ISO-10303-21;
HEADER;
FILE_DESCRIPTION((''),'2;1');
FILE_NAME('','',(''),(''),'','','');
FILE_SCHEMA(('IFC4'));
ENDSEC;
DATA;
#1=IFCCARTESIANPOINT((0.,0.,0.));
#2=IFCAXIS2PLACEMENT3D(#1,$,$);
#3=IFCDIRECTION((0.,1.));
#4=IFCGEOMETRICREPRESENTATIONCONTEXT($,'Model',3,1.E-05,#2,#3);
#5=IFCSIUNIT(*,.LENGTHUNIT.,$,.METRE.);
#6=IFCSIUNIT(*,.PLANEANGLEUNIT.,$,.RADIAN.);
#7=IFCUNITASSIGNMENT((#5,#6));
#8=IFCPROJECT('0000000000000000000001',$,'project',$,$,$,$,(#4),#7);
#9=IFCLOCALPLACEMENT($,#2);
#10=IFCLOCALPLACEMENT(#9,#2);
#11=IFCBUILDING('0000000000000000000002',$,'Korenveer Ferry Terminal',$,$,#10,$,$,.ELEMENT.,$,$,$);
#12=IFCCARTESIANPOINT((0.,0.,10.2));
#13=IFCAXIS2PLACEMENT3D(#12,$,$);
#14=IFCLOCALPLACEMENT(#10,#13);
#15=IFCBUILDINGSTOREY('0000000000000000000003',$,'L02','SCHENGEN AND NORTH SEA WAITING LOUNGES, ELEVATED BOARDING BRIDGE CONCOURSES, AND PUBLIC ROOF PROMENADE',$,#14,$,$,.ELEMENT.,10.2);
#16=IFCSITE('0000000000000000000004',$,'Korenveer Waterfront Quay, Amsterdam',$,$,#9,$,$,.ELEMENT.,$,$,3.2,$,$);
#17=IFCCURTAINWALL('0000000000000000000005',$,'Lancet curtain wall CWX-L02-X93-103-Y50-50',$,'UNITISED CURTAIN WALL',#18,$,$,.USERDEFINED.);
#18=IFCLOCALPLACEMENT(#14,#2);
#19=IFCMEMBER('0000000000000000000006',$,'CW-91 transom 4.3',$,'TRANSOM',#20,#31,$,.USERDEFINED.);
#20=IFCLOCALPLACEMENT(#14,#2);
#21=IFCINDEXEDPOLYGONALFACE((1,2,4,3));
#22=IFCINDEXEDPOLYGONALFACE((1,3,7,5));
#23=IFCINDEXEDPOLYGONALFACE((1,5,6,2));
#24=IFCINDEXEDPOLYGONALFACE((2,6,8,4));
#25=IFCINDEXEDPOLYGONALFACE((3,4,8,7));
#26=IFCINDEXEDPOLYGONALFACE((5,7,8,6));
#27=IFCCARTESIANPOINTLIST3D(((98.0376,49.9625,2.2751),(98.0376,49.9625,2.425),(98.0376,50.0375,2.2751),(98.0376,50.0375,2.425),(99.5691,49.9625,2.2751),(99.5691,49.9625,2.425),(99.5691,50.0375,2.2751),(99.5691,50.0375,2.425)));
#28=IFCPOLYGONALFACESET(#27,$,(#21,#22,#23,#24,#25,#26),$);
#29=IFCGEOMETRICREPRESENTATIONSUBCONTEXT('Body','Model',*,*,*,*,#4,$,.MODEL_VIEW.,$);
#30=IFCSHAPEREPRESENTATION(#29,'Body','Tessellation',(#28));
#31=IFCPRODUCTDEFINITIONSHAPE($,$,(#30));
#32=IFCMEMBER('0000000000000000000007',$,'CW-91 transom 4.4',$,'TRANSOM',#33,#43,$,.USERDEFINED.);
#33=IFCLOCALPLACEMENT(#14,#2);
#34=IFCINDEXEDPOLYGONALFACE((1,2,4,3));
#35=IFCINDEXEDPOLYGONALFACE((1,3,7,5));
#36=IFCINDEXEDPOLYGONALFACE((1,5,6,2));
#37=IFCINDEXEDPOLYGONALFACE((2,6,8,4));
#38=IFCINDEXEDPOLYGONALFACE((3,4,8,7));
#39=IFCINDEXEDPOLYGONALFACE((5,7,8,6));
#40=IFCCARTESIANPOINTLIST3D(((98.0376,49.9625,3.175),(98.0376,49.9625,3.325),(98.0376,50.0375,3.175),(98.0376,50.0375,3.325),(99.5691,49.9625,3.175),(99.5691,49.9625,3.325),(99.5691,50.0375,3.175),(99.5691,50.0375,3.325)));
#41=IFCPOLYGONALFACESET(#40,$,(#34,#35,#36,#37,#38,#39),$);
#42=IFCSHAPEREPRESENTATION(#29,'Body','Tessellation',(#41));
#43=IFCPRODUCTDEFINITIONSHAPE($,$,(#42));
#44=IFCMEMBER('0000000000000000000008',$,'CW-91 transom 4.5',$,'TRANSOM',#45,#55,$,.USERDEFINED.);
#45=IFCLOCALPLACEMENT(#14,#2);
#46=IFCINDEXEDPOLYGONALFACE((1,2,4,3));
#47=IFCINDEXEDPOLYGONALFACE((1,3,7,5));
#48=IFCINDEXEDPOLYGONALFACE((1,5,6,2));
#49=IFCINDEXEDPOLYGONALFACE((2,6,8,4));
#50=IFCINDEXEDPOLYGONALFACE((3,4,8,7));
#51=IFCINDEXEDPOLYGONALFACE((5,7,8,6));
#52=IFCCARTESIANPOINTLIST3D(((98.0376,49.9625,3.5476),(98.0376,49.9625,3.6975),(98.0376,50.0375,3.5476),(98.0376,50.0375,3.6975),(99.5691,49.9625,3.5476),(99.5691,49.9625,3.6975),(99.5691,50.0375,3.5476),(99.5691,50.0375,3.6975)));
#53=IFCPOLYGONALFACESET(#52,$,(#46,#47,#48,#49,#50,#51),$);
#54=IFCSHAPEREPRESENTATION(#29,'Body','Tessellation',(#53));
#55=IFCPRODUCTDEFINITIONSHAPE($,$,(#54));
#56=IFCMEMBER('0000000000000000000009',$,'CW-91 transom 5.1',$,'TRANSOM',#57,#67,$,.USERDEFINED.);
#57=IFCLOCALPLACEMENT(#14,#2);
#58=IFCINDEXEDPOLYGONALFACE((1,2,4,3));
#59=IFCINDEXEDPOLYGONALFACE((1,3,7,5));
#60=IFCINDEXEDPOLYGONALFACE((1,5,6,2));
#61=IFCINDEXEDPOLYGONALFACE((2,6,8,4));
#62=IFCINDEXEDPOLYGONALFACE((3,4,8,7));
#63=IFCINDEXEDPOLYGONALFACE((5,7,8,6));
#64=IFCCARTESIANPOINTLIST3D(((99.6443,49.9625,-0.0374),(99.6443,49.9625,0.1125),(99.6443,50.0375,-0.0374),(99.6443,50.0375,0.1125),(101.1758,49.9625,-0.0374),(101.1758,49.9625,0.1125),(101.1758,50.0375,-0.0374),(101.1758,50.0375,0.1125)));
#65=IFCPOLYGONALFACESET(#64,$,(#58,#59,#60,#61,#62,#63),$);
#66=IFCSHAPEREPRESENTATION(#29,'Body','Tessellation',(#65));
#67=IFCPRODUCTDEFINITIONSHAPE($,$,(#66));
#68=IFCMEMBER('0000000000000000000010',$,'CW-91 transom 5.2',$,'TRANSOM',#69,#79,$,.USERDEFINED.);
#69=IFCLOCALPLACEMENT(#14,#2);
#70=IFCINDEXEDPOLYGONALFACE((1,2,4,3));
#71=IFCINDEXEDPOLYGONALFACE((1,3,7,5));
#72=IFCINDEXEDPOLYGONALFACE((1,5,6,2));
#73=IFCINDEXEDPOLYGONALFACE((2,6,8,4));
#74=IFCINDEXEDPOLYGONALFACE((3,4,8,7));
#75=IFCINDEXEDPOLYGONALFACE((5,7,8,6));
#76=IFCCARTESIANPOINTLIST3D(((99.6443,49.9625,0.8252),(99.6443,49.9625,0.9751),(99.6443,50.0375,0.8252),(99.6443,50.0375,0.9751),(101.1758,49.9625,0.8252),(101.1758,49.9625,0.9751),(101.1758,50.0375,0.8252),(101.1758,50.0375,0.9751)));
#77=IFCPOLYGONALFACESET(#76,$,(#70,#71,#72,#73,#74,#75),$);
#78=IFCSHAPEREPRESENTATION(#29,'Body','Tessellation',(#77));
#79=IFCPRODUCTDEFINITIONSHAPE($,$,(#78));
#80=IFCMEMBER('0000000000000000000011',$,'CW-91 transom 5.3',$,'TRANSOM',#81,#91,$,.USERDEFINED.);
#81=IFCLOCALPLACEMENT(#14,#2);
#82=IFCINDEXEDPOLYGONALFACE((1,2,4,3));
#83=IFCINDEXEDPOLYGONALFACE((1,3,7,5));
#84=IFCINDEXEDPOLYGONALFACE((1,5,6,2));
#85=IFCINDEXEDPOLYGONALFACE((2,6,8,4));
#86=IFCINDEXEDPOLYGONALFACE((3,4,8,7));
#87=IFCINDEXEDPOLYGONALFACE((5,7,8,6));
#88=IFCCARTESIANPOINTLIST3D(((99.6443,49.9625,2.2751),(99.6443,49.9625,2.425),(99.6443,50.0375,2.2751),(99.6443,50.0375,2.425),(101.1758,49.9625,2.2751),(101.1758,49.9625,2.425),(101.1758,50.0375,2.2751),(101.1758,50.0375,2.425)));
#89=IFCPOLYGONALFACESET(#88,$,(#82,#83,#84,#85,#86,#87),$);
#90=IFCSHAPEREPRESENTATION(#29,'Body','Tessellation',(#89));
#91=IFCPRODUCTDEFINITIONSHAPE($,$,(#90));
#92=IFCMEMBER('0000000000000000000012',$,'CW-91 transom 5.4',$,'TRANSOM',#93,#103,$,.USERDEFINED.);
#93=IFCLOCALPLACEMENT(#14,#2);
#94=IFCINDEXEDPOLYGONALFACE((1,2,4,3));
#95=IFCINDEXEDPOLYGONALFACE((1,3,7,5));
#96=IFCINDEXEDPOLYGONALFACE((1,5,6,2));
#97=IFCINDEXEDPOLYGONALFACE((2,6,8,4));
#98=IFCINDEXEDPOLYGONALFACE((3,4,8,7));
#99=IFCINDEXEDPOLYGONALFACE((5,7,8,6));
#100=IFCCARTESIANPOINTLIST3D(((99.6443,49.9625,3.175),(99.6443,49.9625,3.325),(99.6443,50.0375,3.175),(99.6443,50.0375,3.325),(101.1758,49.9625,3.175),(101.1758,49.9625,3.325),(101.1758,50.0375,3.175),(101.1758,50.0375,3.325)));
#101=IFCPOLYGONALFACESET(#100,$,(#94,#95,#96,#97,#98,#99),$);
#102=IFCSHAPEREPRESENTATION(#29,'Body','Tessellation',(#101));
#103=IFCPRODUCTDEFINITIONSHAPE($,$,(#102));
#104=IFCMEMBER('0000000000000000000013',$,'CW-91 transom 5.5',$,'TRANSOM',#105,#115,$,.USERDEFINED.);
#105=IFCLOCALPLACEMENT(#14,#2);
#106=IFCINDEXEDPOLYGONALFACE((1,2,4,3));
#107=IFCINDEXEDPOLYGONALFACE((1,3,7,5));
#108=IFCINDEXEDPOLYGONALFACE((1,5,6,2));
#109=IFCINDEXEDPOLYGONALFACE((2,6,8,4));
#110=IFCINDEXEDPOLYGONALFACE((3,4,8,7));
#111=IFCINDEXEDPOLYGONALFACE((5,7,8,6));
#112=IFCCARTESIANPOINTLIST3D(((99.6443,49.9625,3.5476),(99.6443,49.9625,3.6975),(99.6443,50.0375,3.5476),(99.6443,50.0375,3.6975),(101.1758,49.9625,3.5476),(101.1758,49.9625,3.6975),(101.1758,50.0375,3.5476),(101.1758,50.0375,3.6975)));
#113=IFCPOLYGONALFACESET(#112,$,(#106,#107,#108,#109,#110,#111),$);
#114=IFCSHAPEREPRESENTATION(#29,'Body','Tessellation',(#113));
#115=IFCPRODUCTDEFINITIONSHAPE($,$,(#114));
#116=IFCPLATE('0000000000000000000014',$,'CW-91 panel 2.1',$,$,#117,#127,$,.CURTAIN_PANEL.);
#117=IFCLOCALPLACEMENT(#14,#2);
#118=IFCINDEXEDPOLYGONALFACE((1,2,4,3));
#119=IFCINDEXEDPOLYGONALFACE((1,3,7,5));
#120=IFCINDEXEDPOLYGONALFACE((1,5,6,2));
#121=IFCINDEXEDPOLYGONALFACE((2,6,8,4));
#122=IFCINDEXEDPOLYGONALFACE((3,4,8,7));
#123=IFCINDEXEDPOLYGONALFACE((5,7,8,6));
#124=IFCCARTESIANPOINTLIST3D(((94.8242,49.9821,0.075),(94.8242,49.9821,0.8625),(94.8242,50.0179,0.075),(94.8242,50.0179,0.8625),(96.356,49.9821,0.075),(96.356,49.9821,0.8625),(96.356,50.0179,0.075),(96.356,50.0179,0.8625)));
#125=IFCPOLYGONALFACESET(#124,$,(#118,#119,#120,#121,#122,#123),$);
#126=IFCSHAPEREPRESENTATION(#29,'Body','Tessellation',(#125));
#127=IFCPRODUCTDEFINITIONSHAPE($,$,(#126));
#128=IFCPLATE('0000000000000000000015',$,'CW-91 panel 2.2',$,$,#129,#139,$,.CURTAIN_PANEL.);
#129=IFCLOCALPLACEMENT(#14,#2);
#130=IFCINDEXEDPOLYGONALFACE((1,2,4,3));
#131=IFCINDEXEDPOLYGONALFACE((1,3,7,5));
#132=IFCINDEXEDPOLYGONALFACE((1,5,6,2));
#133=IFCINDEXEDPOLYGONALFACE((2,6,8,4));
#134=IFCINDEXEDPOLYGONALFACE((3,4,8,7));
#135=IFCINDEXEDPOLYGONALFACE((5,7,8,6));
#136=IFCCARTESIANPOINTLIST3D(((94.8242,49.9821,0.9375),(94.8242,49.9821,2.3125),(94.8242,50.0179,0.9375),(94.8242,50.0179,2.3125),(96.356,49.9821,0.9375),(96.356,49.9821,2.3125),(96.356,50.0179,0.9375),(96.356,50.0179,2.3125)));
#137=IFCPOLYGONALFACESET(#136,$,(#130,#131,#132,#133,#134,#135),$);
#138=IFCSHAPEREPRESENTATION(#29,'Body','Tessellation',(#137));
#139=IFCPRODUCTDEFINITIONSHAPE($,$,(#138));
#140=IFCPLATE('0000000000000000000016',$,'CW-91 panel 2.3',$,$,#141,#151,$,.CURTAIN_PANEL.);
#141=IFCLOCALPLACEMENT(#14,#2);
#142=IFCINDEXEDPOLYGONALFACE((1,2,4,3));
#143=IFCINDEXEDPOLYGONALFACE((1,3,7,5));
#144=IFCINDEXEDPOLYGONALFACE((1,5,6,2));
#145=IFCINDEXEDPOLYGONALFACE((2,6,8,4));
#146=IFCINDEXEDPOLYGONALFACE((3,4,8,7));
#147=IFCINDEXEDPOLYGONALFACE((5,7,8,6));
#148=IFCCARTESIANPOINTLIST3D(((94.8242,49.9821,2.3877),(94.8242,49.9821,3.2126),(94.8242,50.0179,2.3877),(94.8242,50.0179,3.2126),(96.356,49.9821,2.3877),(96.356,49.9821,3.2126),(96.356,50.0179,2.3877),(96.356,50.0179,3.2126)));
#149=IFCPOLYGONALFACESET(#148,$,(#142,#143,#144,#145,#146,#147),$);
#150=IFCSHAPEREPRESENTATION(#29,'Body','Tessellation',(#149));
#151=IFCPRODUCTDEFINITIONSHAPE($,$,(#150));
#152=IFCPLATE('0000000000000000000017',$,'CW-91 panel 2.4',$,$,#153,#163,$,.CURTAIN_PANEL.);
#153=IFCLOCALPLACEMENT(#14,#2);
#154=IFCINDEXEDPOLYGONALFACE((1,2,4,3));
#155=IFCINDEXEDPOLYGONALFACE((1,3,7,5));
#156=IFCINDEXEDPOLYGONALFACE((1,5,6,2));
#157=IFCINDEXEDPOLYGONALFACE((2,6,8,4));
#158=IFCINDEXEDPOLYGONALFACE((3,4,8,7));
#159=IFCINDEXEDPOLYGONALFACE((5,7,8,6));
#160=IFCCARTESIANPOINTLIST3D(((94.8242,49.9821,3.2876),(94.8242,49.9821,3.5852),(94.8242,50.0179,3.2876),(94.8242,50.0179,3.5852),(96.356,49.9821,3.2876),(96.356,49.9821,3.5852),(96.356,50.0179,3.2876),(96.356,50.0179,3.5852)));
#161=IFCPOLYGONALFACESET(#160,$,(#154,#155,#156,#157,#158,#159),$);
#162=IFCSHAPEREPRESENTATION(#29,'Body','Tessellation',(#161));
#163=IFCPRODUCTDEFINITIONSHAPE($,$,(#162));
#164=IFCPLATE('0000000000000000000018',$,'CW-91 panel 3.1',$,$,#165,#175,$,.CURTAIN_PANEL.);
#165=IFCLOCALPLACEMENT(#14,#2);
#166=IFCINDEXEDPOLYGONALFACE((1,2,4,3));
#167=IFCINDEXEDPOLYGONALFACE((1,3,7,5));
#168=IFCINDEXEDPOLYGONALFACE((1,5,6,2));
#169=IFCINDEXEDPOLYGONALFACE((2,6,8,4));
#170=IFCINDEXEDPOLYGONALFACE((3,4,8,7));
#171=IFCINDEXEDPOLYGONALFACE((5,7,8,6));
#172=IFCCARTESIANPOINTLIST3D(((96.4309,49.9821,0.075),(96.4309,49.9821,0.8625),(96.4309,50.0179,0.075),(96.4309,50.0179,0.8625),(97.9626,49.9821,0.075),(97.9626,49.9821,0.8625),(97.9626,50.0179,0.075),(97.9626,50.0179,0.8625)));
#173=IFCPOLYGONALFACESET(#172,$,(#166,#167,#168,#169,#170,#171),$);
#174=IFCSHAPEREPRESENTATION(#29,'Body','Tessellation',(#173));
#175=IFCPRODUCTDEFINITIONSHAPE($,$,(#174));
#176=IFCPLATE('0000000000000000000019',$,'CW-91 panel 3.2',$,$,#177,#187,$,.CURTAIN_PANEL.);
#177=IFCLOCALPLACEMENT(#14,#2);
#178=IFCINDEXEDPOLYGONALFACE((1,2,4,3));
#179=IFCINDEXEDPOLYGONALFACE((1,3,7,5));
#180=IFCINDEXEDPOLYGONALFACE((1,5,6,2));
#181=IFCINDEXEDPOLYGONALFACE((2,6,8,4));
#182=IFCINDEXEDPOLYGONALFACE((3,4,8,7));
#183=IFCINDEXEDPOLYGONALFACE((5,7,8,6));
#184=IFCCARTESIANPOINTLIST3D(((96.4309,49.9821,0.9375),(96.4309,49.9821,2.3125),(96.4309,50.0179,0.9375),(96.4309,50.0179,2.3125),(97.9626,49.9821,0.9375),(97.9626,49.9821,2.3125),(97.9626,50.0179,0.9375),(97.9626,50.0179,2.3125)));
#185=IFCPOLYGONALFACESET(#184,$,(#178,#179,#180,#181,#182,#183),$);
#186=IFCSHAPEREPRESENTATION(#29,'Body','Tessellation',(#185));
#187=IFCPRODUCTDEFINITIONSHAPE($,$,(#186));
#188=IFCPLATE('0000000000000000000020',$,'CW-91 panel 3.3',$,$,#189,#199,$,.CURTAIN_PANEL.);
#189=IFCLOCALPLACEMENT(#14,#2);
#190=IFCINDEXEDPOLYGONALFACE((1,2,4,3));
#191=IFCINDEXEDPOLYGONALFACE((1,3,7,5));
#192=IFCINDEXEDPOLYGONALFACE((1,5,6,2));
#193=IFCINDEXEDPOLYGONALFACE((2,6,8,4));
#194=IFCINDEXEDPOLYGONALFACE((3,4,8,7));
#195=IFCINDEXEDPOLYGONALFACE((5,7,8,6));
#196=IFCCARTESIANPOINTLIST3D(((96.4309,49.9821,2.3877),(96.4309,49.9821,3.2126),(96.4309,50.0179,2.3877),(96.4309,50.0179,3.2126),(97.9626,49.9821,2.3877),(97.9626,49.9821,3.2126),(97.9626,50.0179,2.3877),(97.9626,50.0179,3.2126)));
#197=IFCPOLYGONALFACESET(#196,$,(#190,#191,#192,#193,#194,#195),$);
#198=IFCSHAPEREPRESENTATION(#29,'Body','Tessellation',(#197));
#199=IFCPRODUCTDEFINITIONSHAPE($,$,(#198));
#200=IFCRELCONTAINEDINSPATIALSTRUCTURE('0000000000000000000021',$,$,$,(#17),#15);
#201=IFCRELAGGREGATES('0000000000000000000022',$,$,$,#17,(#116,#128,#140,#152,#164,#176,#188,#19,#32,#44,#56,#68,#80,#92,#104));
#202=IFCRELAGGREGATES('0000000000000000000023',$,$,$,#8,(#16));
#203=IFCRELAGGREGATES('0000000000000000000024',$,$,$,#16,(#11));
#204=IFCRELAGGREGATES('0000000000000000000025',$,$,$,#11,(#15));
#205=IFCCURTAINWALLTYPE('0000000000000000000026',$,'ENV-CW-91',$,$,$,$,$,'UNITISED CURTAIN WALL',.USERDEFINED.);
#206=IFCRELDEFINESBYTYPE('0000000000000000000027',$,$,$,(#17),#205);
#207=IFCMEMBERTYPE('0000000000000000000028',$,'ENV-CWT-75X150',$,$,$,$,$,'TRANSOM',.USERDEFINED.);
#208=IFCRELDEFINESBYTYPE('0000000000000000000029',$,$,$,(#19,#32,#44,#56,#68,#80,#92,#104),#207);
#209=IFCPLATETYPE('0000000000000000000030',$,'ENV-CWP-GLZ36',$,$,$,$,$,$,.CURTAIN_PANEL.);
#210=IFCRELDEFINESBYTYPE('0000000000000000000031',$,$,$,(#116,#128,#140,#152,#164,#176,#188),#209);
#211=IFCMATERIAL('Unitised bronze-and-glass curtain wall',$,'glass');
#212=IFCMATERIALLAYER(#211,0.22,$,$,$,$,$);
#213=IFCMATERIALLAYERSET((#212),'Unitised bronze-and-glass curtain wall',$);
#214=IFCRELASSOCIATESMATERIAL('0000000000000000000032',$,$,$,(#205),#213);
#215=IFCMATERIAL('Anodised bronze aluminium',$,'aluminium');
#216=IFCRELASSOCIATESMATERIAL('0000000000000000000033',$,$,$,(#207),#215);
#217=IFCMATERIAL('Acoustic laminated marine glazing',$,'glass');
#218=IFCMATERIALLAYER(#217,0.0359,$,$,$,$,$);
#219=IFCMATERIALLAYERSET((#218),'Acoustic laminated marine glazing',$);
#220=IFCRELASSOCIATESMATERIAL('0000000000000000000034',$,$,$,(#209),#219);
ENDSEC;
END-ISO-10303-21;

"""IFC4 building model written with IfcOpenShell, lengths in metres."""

from ifc_helpers import new_model, si_unit, direction, frame, origin, origin_2d, place, context, subcontext, project, spatial, rectangle, extrude, material, layer, layer_set, material_profile, profile_set, type_object, element, aggregate, save


model = new_model("IFC4")

# Units and contexts
model_context = context("Model", 3, precision=1e-05, world=origin(), true_north=direction((0.0, 1.0)))
body_context = subcontext(model_context, "Body", "Model", "MODEL_VIEW")
ifc_project = project(units=[si_unit("LENGTHUNIT", "METRE"), si_unit("PLANEANGLEUNIT", "RADIAN")], contexts=[model_context])

# Site, building, storey
site_placement = place(None, origin())
site = spatial("IfcSite", under=ifc_project, at=site_placement, Name="Korenveer Waterfront Quay, Amsterdam", CompositionType="ELEMENT", RefElevation=3.2)
building_placement = place(site_placement, origin())
building = spatial("IfcBuilding", under=site, at=building_placement, Name="Korenveer Ferry Terminal", CompositionType="ELEMENT")
storey_placement = place(building_placement, frame((0.0, 0.0, 10.2)))
storey = spatial("IfcBuildingStorey", under=building, at=storey_placement, Name="L02", Description="SCHENGEN AND NORTH SEA WAITING LOUNGES, ELEVATED BOARDING BRIDGE CONCOURSES, AND PUBLIC ROOF PROMENADE", CompositionType="ELEMENT", Elevation=10.2)

# Curtain wall, members, plates
ifc_material_1 = material(Name="Unitised bronze-and-glass curtain wall", Category="glass")
ifc_layer_1 = layer(ifc_material_1, 0.22)
ifc_layer_set_1 = layer_set([ifc_layer_1], Name="Unitised bronze-and-glass curtain wall")
curtain_wall_type = type_object("IfcCurtainWallType", Name="ENV-CW-91", ElementType="UNITISED CURTAIN WALL", PredefinedType="USERDEFINED", material=ifc_layer_set_1)
curtain_wall_placement = place(storey_placement, frame((93.1799, 50.0, 0.0)))
curtain_wall = element("IfcCurtainWall", 1, at=curtain_wall_placement, inside=storey, type_object=curtain_wall_type, Name="Lancet curtain wall CWX-L02-X93-103-Y50-50", ObjectType="UNITISED CURTAIN WALL", PredefinedType="USERDEFINED")
ifc_material_2 = material(Name="Anodised bronze aluminium", Category="aluminium")
ifc_material_profile_1 = material_profile(ifc_material_2, rectangle(XDim=0.075, YDim=0.1499, at=origin_2d()), Name="ALU 75x150")
ifc_profile_set_1 = profile_set([ifc_material_profile_1], Name="Anodised bronze aluminium")
member_type_1 = type_object("IfcMemberType", Name="ENV-CWT-75X150", ElementType="TRANSOM", PredefinedType="USERDEFINED", material=ifc_profile_set_1)
member_1_placement = place(storey_placement, frame((98.0376, 50.0, 2.3501), z_axis=(1.0, 0.0, 0.0), x_axis=(0.0, 1.0, 0.0)))
member_1 = element("IfcMember", 2, at=member_1_placement, type_object=member_type_1, Name="CW-91 transom 4.3", ObjectType="TRANSOM", PredefinedType="USERDEFINED", context=body_context, shape_type="SweptSolid", body=[
    extrude(rectangle(XDim=0.075, YDim=0.1499, at=origin_2d()), origin(), (0.0, 0.0, 1.0), 1.5315),
])
member_2_placement = place(storey_placement, frame((98.0376, 50.0, 3.25), z_axis=(1.0, 0.0, 0.0), x_axis=(0.0, 1.0, 0.0)))
member_2 = element("IfcMember", 3, at=member_2_placement, type_object=member_type_1, Name="CW-91 transom 4.4", ObjectType="TRANSOM", PredefinedType="USERDEFINED", context=body_context, shape_type="SweptSolid", body=[
    extrude(rectangle(XDim=0.075, YDim=0.1499, at=origin_2d()), origin(), (0.0, 0.0, 1.0), 1.5315),
])
member_3_placement = place(storey_placement, frame((98.0376, 50.0, 3.6226), z_axis=(1.0, 0.0, 0.0), x_axis=(0.0, 1.0, 0.0)))
member_3 = element("IfcMember", 4, at=member_3_placement, type_object=member_type_1, Name="CW-91 transom 4.5", ObjectType="TRANSOM", PredefinedType="USERDEFINED", context=body_context, shape_type="SweptSolid", body=[
    extrude(rectangle(XDim=0.075, YDim=0.1499, at=origin_2d()), origin(), (0.0, 0.0, 1.0), 1.5315),
])
member_4_placement = place(storey_placement, frame((99.6443, 50.0, 0.0376), z_axis=(1.0, 0.0, 0.0), x_axis=(0.0, 1.0, 0.0)))
member_4 = element("IfcMember", 5, at=member_4_placement, type_object=member_type_1, Name="CW-91 transom 5.1", ObjectType="TRANSOM", PredefinedType="USERDEFINED", context=body_context, shape_type="SweptSolid", body=[
    extrude(rectangle(XDim=0.075, YDim=0.1499, at=origin_2d()), origin(), (0.0, 0.0, 1.0), 1.5315),
])
member_5_placement = place(storey_placement, frame((99.6443, 50.0, 0.9001), z_axis=(1.0, 0.0, 0.0), x_axis=(0.0, 1.0, 0.0)))
member_5 = element("IfcMember", 6, at=member_5_placement, type_object=member_type_1, Name="CW-91 transom 5.2", ObjectType="TRANSOM", PredefinedType="USERDEFINED", context=body_context, shape_type="SweptSolid", body=[
    extrude(rectangle(XDim=0.075, YDim=0.1499, at=origin_2d()), origin(), (0.0, 0.0, 1.0), 1.5315),
])
member_6_placement = place(storey_placement, frame((99.6443, 50.0, 2.3501), z_axis=(1.0, 0.0, 0.0), x_axis=(0.0, 1.0, 0.0)))
member_6 = element("IfcMember", 7, at=member_6_placement, type_object=member_type_1, Name="CW-91 transom 5.3", ObjectType="TRANSOM", PredefinedType="USERDEFINED", context=body_context, shape_type="SweptSolid", body=[
    extrude(rectangle(XDim=0.075, YDim=0.1499, at=origin_2d()), origin(), (0.0, 0.0, 1.0), 1.5315),
])
member_7_placement = place(storey_placement, frame((99.6443, 50.0, 3.25), z_axis=(1.0, 0.0, 0.0), x_axis=(0.0, 1.0, 0.0)))
member_7 = element("IfcMember", 8, at=member_7_placement, type_object=member_type_1, Name="CW-91 transom 5.4", ObjectType="TRANSOM", PredefinedType="USERDEFINED", context=body_context, shape_type="SweptSolid", body=[
    extrude(rectangle(XDim=0.075, YDim=0.1499, at=origin_2d()), origin(), (0.0, 0.0, 1.0), 1.5315),
])
member_8_placement = place(storey_placement, frame((99.6443, 50.0, 3.6226), z_axis=(1.0, 0.0, 0.0), x_axis=(0.0, 1.0, 0.0)))
member_8 = element("IfcMember", 9, at=member_8_placement, type_object=member_type_1, Name="CW-91 transom 5.5", ObjectType="TRANSOM", PredefinedType="USERDEFINED", context=body_context, shape_type="SweptSolid", body=[
    extrude(rectangle(XDim=0.075, YDim=0.1499, at=origin_2d()), origin(), (0.0, 0.0, 1.0), 1.5315),
])
ifc_material_3 = material(Name="Acoustic laminated marine glazing", Category="glass")
ifc_layer_2 = layer(ifc_material_3, 0.0359)
ifc_layer_set_2 = layer_set([ifc_layer_2], Name="Acoustic laminated marine glazing")
plate_type = type_object("IfcPlateType", Name="ENV-CWP-GLZ36", PredefinedType="CURTAIN_PANEL", material=ifc_layer_set_2)
plate_1_placement = place(storey_placement, frame((95.5901, 50.0, 0.075), z_axis=(0.0, 0.0, 1.0), x_axis=(1.0, 0.0, 0.0)))
plate_1 = element("IfcPlate", 10, at=plate_1_placement, type_object=plate_type, Name="CW-91 panel 2.1", PredefinedType="CURTAIN_PANEL", context=body_context, shape_type="SweptSolid", body=[
    extrude(rectangle(XDim=1.5317, YDim=0.0359, at=origin_2d()), origin(), (0.0, 0.0, 1.0), 0.7876),
])
plate_2_placement = place(storey_placement, frame((95.5901, 50.0, 0.9375), z_axis=(0.0, 0.0, 1.0), x_axis=(1.0, 0.0, 0.0)))
plate_2 = element("IfcPlate", 11, at=plate_2_placement, type_object=plate_type, Name="CW-91 panel 2.2", PredefinedType="CURTAIN_PANEL", context=body_context, shape_type="SweptSolid", body=[
    extrude(rectangle(XDim=1.5317, YDim=0.0359, at=origin_2d()), origin(), (0.0, 0.0, 1.0), 1.375),
])
plate_3_placement = place(storey_placement, frame((95.5901, 50.0, 2.3877), z_axis=(0.0, 0.0, 1.0), x_axis=(1.0, 0.0, 0.0)))
plate_3 = element("IfcPlate", 12, at=plate_3_placement, type_object=plate_type, Name="CW-91 panel 2.3", PredefinedType="CURTAIN_PANEL", context=body_context, shape_type="SweptSolid", body=[
    extrude(rectangle(XDim=1.5317, YDim=0.0359, at=origin_2d()), origin(), (0.0, 0.0, 1.0), 0.825),
])
plate_4_placement = place(storey_placement, frame((95.5901, 50.0, 3.2876), z_axis=(0.0, 0.0, 1.0), x_axis=(1.0, 0.0, 0.0)))
plate_4 = element("IfcPlate", 13, at=plate_4_placement, type_object=plate_type, Name="CW-91 panel 2.4", PredefinedType="CURTAIN_PANEL", context=body_context, shape_type="SweptSolid", body=[
    extrude(rectangle(XDim=1.5317, YDim=0.0359, at=origin_2d()), origin(), (0.0, 0.0, 1.0), 0.2976),
])
plate_5_placement = place(storey_placement, frame((97.1968, 50.0, 0.075), z_axis=(0.0, 0.0, 1.0), x_axis=(1.0, 0.0, 0.0)))
plate_5 = element("IfcPlate", 14, at=plate_5_placement, type_object=plate_type, Name="CW-91 panel 3.1", PredefinedType="CURTAIN_PANEL", context=body_context, shape_type="SweptSolid", body=[
    extrude(rectangle(XDim=1.5317, YDim=0.0359, at=origin_2d()), origin(), (0.0, 0.0, 1.0), 0.7876),
])
plate_6_placement = place(storey_placement, frame((97.1968, 50.0, 0.9375), z_axis=(0.0, 0.0, 1.0), x_axis=(1.0, 0.0, 0.0)))
plate_6 = element("IfcPlate", 15, at=plate_6_placement, type_object=plate_type, Name="CW-91 panel 3.2", PredefinedType="CURTAIN_PANEL", context=body_context, shape_type="SweptSolid", body=[
    extrude(rectangle(XDim=1.5317, YDim=0.0359, at=origin_2d()), origin(), (0.0, 0.0, 1.0), 1.375),
])
plate_7_placement = place(storey_placement, frame((97.1968, 50.0, 2.3877), z_axis=(0.0, 0.0, 1.0), x_axis=(1.0, 0.0, 0.0)))
plate_7 = element("IfcPlate", 16, at=plate_7_placement, type_object=plate_type, Name="CW-91 panel 3.3", PredefinedType="CURTAIN_PANEL", context=body_context, shape_type="SweptSolid", body=[
    extrude(rectangle(XDim=1.5317, YDim=0.0359, at=origin_2d()), origin(), (0.0, 0.0, 1.0), 0.825),
])
aggregate(curtain_wall, [plate_1, plate_2, plate_3, plate_4, plate_5, plate_6, plate_7, member_1, member_2, member_3, member_4, member_5, member_6, member_7, member_8])

save(model, "model.ifc")
